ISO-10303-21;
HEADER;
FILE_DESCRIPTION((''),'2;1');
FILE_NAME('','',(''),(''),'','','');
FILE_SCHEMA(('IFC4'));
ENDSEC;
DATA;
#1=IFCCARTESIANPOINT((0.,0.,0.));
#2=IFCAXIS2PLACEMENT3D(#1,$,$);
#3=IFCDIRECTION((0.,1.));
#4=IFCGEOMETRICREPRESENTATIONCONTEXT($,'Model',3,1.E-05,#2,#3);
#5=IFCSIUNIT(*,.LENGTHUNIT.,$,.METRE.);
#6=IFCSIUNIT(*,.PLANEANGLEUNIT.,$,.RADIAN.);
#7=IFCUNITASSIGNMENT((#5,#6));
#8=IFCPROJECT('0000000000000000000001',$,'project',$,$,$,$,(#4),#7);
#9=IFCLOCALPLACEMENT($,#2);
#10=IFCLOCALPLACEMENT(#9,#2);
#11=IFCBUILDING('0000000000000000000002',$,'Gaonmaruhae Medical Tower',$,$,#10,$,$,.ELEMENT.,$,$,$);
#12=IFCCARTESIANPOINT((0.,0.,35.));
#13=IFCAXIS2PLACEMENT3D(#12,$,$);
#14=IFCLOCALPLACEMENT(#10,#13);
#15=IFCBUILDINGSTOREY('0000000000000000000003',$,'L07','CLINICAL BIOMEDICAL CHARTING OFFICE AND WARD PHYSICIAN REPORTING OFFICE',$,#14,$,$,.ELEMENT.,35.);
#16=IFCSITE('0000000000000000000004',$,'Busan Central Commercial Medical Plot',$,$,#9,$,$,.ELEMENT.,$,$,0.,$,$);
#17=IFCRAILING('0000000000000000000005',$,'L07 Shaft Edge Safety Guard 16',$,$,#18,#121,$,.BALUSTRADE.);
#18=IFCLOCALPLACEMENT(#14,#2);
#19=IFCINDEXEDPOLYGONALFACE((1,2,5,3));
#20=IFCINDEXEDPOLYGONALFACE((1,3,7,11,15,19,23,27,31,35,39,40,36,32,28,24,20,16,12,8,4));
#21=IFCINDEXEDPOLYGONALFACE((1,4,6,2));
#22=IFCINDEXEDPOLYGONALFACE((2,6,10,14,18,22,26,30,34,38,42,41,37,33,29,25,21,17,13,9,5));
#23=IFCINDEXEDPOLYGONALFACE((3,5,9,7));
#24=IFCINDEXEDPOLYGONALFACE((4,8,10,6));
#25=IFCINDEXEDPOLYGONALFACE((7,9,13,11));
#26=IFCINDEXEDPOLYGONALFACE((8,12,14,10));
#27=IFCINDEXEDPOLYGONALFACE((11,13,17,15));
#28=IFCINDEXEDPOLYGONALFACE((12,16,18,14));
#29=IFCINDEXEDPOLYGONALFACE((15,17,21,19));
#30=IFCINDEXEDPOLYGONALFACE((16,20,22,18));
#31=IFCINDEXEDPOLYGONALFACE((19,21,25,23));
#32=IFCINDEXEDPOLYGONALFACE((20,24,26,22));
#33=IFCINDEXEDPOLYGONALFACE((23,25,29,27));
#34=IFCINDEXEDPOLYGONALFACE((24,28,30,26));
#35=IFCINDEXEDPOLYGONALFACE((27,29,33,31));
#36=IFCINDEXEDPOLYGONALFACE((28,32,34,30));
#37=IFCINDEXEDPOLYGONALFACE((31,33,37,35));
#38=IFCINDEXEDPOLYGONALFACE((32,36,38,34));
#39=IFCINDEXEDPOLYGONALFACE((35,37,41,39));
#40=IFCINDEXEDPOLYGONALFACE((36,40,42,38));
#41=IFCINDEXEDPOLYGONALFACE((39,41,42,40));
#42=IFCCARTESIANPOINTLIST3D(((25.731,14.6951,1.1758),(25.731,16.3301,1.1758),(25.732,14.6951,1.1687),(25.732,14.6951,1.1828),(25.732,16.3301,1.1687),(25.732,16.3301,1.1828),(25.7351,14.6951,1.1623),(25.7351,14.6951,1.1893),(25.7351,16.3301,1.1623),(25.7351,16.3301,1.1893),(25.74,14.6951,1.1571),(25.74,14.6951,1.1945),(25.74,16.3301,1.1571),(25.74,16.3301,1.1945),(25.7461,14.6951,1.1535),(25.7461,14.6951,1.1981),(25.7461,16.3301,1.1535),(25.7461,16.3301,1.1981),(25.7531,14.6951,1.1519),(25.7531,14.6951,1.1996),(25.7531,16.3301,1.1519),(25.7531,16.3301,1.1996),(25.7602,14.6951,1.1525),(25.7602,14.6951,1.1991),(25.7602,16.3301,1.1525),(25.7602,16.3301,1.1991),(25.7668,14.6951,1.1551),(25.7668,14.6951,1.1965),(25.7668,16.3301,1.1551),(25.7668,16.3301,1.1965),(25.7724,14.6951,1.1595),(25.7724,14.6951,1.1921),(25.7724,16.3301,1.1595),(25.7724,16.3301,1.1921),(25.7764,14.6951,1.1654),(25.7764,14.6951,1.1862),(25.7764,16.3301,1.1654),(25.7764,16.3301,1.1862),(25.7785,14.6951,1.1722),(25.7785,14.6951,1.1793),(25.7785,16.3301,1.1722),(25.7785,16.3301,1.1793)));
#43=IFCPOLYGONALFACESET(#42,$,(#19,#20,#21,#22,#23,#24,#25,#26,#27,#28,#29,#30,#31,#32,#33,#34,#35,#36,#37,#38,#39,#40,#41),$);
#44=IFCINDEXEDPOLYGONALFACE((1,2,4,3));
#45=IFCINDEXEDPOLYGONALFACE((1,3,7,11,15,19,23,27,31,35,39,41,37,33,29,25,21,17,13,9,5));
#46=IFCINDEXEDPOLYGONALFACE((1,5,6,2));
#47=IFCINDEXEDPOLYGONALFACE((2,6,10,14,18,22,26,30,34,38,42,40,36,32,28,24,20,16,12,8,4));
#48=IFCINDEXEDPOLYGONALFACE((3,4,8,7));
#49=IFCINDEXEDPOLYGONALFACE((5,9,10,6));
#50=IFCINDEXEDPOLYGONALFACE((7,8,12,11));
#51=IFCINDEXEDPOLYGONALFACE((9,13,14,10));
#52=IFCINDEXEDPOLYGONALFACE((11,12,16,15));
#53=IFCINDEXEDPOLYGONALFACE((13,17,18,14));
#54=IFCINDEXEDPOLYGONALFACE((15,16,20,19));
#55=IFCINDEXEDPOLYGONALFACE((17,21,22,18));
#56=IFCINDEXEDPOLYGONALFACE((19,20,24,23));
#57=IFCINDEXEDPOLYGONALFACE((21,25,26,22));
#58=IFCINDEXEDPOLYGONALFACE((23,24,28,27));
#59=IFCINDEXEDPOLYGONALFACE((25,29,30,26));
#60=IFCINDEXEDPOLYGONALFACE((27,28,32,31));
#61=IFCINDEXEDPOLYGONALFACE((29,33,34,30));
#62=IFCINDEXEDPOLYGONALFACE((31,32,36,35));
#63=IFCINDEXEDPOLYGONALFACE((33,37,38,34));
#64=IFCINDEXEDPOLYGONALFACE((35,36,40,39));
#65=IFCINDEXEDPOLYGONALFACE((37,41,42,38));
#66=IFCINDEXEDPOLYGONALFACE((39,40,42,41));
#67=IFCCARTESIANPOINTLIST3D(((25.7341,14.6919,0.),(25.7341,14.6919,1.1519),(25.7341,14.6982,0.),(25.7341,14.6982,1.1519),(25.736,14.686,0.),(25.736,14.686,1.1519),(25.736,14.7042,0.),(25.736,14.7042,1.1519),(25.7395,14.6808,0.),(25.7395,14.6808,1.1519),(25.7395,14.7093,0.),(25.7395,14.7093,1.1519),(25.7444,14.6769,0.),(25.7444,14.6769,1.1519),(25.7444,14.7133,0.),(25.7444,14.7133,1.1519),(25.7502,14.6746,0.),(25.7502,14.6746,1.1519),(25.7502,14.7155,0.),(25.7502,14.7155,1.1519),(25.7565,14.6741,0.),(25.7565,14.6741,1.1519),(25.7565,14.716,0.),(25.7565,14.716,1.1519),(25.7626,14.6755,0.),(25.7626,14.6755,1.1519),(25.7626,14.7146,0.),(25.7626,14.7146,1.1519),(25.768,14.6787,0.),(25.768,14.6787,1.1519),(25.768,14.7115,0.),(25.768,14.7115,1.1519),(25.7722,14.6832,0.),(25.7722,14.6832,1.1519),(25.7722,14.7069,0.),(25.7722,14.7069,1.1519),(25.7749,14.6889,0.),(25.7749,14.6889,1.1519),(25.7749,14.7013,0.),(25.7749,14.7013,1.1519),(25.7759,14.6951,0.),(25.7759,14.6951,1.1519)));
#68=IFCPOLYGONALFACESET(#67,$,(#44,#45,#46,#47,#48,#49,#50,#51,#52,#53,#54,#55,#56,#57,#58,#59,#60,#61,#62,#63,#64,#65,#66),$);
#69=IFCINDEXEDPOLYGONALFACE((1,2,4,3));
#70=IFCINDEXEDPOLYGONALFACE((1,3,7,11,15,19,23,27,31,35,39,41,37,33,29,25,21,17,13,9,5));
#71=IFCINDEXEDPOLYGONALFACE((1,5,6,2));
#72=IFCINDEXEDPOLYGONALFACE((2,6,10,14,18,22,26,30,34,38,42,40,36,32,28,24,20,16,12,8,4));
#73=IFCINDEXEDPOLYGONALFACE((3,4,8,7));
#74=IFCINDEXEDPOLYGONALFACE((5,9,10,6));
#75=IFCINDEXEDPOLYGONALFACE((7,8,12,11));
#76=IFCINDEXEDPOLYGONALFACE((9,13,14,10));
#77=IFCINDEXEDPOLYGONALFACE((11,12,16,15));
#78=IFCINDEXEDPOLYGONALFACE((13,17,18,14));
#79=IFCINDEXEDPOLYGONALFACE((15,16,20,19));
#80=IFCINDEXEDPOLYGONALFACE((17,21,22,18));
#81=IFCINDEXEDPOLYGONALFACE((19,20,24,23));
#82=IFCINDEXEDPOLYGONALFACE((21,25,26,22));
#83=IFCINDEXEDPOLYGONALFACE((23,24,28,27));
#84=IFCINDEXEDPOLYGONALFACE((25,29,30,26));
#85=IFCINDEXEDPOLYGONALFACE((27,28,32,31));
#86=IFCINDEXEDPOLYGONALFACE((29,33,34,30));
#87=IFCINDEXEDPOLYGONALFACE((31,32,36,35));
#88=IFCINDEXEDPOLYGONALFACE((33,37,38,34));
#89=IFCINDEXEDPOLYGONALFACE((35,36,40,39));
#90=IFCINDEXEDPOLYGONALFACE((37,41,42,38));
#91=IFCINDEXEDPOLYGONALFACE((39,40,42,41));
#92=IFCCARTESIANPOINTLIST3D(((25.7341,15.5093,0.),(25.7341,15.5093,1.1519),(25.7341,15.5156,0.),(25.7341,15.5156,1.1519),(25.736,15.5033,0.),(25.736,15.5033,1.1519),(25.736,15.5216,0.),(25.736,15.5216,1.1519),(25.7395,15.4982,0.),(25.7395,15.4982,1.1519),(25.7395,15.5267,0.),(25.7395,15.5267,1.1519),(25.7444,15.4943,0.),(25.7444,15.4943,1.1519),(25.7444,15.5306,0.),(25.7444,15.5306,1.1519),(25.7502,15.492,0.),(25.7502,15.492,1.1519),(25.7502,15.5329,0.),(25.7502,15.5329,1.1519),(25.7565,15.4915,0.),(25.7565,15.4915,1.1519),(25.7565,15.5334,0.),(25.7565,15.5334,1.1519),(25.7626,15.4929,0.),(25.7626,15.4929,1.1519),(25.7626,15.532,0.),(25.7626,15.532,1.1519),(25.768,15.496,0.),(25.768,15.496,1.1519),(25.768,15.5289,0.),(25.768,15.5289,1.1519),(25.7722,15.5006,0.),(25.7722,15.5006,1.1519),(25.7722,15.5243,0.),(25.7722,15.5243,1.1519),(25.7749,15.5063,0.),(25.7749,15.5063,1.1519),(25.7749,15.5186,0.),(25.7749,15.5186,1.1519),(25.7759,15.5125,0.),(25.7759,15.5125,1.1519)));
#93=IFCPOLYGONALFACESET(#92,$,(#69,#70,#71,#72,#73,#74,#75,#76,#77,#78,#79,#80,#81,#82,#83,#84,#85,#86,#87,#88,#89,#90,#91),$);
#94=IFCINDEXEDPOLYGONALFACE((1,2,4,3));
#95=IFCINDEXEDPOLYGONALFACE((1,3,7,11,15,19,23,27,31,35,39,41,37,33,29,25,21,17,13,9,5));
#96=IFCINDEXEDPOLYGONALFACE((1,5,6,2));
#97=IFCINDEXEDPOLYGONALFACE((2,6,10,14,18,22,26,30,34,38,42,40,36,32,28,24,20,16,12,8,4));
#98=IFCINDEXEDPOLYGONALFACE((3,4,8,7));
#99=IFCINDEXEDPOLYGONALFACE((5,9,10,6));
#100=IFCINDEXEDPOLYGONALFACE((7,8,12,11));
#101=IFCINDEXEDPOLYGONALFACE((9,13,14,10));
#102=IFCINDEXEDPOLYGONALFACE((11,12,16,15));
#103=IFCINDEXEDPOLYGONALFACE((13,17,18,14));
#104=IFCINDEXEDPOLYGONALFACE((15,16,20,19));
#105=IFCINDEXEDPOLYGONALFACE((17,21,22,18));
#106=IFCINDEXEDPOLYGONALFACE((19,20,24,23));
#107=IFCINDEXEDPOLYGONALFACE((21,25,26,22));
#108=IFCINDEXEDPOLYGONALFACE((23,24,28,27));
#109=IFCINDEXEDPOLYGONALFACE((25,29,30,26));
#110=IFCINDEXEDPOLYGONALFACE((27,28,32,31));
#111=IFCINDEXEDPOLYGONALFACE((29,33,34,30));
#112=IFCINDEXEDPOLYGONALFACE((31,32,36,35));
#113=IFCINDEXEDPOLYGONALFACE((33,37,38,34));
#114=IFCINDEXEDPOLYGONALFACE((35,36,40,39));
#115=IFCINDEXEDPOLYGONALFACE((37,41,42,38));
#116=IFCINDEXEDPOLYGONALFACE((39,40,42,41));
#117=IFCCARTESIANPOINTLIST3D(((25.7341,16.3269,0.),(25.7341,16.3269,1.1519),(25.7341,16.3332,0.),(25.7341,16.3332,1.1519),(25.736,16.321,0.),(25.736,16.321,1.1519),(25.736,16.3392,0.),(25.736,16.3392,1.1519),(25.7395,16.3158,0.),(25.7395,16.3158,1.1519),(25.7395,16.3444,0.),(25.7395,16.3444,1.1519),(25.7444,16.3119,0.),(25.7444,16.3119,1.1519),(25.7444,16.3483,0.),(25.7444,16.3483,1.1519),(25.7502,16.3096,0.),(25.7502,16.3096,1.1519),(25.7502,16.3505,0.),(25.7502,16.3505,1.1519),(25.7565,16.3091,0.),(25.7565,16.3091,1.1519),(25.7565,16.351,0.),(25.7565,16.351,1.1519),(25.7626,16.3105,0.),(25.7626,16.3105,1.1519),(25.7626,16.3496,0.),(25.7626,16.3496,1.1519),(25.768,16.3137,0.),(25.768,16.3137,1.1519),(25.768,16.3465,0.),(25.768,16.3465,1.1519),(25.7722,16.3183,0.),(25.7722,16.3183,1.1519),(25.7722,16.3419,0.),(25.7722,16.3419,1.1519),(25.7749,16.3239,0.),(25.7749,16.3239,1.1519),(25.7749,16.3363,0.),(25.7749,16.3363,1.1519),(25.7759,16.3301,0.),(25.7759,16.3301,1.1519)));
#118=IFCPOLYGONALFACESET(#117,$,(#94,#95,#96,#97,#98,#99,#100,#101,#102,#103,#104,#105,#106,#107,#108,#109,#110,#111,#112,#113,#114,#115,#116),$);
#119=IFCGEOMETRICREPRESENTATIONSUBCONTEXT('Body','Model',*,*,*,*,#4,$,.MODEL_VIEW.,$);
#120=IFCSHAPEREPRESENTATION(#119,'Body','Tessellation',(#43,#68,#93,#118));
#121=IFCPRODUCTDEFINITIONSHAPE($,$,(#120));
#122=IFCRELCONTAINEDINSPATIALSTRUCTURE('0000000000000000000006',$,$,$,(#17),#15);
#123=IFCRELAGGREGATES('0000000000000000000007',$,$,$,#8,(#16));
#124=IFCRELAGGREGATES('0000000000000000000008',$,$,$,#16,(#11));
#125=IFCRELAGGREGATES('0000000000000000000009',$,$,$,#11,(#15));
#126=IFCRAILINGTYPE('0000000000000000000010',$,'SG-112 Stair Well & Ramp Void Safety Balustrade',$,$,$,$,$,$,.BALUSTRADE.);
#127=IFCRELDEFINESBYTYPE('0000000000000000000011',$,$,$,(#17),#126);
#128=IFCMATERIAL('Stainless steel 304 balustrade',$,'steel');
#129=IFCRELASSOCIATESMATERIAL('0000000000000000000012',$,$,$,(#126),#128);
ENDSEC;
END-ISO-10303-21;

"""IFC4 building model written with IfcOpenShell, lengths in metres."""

from ifc_helpers import new_model, si_unit, direction, frame, origin, origin_2d, place, context, subcontext, project, spatial, circle, extrude, material, type_object, element, save


model = new_model("IFC4")

# Units and contexts
model_context = context("Model", 3, precision=1e-05, world=origin(), true_north=direction((0.0, 1.0)))
body_context = subcontext(model_context, "Body", "Model", "MODEL_VIEW")
ifc_project = project(units=[si_unit("LENGTHUNIT", "METRE"), si_unit("PLANEANGLEUNIT", "RADIAN")], contexts=[model_context])

# Site, building, storey
site_placement = place(None, origin())
site = spatial("IfcSite", under=ifc_project, at=site_placement, Name="Busan Central Commercial Medical Plot", CompositionType="ELEMENT", RefElevation=0.0)
building_placement = place(site_placement, origin())
building = spatial("IfcBuilding", under=site, at=building_placement, Name="Gaonmaruhae Medical Tower", CompositionType="ELEMENT")
storey_placement = place(building_placement, frame((0.0, 0.0, 35.0)))
storey = spatial("IfcBuildingStorey", under=building, at=storey_placement, Name="L07", Description="CLINICAL BIOMEDICAL CHARTING OFFICE AND WARD PHYSICIAN REPORTING OFFICE", CompositionType="ELEMENT", Elevation=35.0)

# Railing
ifc_material_1 = material(Name="Stainless steel 304 balustrade", Category="steel")
railing_type_1 = type_object("IfcRailingType", Name="SG-112 Stair Well & Ramp Void Safety Balustrade", PredefinedType="BALUSTRADE", material=ifc_material_1)
for number, where, name in (
    (1, (25.7549, 14.6951, 0.0), "L07 Shaft Edge Safety Guard 16"),
):
    element("IfcRailing", number, at=place(storey_placement, frame(where)), inside=storey, type_object=railing_type_1, Name=name, PredefinedType="BALUSTRADE", context=body_context, shape_type="SweptSolid", body=[
        extrude(circle(Radius=0.0239, at=origin_2d()), frame((0.0, 0.0, 1.1758), z_axis=(0.0, 1.0, 0.0), x_axis=(-1.0, 0.0, 0.0)), (0.0, 0.0, 1.0), 1.635),
        extrude(circle(Radius=0.021, at=origin_2d()), origin(), (0.0, 0.0, 1.0), 1.1519),
        extrude(circle(Radius=0.021, at=origin_2d()), frame((0.0, 0.8174, 0.0)), (0.0, 0.0, 1.0), 1.1519),
        extrude(circle(Radius=0.021, at=origin_2d()), frame((0.0, 1.635, 0.0)), (0.0, 0.0, 1.0), 1.1519),
    ])

save(model, "model.ifc")
